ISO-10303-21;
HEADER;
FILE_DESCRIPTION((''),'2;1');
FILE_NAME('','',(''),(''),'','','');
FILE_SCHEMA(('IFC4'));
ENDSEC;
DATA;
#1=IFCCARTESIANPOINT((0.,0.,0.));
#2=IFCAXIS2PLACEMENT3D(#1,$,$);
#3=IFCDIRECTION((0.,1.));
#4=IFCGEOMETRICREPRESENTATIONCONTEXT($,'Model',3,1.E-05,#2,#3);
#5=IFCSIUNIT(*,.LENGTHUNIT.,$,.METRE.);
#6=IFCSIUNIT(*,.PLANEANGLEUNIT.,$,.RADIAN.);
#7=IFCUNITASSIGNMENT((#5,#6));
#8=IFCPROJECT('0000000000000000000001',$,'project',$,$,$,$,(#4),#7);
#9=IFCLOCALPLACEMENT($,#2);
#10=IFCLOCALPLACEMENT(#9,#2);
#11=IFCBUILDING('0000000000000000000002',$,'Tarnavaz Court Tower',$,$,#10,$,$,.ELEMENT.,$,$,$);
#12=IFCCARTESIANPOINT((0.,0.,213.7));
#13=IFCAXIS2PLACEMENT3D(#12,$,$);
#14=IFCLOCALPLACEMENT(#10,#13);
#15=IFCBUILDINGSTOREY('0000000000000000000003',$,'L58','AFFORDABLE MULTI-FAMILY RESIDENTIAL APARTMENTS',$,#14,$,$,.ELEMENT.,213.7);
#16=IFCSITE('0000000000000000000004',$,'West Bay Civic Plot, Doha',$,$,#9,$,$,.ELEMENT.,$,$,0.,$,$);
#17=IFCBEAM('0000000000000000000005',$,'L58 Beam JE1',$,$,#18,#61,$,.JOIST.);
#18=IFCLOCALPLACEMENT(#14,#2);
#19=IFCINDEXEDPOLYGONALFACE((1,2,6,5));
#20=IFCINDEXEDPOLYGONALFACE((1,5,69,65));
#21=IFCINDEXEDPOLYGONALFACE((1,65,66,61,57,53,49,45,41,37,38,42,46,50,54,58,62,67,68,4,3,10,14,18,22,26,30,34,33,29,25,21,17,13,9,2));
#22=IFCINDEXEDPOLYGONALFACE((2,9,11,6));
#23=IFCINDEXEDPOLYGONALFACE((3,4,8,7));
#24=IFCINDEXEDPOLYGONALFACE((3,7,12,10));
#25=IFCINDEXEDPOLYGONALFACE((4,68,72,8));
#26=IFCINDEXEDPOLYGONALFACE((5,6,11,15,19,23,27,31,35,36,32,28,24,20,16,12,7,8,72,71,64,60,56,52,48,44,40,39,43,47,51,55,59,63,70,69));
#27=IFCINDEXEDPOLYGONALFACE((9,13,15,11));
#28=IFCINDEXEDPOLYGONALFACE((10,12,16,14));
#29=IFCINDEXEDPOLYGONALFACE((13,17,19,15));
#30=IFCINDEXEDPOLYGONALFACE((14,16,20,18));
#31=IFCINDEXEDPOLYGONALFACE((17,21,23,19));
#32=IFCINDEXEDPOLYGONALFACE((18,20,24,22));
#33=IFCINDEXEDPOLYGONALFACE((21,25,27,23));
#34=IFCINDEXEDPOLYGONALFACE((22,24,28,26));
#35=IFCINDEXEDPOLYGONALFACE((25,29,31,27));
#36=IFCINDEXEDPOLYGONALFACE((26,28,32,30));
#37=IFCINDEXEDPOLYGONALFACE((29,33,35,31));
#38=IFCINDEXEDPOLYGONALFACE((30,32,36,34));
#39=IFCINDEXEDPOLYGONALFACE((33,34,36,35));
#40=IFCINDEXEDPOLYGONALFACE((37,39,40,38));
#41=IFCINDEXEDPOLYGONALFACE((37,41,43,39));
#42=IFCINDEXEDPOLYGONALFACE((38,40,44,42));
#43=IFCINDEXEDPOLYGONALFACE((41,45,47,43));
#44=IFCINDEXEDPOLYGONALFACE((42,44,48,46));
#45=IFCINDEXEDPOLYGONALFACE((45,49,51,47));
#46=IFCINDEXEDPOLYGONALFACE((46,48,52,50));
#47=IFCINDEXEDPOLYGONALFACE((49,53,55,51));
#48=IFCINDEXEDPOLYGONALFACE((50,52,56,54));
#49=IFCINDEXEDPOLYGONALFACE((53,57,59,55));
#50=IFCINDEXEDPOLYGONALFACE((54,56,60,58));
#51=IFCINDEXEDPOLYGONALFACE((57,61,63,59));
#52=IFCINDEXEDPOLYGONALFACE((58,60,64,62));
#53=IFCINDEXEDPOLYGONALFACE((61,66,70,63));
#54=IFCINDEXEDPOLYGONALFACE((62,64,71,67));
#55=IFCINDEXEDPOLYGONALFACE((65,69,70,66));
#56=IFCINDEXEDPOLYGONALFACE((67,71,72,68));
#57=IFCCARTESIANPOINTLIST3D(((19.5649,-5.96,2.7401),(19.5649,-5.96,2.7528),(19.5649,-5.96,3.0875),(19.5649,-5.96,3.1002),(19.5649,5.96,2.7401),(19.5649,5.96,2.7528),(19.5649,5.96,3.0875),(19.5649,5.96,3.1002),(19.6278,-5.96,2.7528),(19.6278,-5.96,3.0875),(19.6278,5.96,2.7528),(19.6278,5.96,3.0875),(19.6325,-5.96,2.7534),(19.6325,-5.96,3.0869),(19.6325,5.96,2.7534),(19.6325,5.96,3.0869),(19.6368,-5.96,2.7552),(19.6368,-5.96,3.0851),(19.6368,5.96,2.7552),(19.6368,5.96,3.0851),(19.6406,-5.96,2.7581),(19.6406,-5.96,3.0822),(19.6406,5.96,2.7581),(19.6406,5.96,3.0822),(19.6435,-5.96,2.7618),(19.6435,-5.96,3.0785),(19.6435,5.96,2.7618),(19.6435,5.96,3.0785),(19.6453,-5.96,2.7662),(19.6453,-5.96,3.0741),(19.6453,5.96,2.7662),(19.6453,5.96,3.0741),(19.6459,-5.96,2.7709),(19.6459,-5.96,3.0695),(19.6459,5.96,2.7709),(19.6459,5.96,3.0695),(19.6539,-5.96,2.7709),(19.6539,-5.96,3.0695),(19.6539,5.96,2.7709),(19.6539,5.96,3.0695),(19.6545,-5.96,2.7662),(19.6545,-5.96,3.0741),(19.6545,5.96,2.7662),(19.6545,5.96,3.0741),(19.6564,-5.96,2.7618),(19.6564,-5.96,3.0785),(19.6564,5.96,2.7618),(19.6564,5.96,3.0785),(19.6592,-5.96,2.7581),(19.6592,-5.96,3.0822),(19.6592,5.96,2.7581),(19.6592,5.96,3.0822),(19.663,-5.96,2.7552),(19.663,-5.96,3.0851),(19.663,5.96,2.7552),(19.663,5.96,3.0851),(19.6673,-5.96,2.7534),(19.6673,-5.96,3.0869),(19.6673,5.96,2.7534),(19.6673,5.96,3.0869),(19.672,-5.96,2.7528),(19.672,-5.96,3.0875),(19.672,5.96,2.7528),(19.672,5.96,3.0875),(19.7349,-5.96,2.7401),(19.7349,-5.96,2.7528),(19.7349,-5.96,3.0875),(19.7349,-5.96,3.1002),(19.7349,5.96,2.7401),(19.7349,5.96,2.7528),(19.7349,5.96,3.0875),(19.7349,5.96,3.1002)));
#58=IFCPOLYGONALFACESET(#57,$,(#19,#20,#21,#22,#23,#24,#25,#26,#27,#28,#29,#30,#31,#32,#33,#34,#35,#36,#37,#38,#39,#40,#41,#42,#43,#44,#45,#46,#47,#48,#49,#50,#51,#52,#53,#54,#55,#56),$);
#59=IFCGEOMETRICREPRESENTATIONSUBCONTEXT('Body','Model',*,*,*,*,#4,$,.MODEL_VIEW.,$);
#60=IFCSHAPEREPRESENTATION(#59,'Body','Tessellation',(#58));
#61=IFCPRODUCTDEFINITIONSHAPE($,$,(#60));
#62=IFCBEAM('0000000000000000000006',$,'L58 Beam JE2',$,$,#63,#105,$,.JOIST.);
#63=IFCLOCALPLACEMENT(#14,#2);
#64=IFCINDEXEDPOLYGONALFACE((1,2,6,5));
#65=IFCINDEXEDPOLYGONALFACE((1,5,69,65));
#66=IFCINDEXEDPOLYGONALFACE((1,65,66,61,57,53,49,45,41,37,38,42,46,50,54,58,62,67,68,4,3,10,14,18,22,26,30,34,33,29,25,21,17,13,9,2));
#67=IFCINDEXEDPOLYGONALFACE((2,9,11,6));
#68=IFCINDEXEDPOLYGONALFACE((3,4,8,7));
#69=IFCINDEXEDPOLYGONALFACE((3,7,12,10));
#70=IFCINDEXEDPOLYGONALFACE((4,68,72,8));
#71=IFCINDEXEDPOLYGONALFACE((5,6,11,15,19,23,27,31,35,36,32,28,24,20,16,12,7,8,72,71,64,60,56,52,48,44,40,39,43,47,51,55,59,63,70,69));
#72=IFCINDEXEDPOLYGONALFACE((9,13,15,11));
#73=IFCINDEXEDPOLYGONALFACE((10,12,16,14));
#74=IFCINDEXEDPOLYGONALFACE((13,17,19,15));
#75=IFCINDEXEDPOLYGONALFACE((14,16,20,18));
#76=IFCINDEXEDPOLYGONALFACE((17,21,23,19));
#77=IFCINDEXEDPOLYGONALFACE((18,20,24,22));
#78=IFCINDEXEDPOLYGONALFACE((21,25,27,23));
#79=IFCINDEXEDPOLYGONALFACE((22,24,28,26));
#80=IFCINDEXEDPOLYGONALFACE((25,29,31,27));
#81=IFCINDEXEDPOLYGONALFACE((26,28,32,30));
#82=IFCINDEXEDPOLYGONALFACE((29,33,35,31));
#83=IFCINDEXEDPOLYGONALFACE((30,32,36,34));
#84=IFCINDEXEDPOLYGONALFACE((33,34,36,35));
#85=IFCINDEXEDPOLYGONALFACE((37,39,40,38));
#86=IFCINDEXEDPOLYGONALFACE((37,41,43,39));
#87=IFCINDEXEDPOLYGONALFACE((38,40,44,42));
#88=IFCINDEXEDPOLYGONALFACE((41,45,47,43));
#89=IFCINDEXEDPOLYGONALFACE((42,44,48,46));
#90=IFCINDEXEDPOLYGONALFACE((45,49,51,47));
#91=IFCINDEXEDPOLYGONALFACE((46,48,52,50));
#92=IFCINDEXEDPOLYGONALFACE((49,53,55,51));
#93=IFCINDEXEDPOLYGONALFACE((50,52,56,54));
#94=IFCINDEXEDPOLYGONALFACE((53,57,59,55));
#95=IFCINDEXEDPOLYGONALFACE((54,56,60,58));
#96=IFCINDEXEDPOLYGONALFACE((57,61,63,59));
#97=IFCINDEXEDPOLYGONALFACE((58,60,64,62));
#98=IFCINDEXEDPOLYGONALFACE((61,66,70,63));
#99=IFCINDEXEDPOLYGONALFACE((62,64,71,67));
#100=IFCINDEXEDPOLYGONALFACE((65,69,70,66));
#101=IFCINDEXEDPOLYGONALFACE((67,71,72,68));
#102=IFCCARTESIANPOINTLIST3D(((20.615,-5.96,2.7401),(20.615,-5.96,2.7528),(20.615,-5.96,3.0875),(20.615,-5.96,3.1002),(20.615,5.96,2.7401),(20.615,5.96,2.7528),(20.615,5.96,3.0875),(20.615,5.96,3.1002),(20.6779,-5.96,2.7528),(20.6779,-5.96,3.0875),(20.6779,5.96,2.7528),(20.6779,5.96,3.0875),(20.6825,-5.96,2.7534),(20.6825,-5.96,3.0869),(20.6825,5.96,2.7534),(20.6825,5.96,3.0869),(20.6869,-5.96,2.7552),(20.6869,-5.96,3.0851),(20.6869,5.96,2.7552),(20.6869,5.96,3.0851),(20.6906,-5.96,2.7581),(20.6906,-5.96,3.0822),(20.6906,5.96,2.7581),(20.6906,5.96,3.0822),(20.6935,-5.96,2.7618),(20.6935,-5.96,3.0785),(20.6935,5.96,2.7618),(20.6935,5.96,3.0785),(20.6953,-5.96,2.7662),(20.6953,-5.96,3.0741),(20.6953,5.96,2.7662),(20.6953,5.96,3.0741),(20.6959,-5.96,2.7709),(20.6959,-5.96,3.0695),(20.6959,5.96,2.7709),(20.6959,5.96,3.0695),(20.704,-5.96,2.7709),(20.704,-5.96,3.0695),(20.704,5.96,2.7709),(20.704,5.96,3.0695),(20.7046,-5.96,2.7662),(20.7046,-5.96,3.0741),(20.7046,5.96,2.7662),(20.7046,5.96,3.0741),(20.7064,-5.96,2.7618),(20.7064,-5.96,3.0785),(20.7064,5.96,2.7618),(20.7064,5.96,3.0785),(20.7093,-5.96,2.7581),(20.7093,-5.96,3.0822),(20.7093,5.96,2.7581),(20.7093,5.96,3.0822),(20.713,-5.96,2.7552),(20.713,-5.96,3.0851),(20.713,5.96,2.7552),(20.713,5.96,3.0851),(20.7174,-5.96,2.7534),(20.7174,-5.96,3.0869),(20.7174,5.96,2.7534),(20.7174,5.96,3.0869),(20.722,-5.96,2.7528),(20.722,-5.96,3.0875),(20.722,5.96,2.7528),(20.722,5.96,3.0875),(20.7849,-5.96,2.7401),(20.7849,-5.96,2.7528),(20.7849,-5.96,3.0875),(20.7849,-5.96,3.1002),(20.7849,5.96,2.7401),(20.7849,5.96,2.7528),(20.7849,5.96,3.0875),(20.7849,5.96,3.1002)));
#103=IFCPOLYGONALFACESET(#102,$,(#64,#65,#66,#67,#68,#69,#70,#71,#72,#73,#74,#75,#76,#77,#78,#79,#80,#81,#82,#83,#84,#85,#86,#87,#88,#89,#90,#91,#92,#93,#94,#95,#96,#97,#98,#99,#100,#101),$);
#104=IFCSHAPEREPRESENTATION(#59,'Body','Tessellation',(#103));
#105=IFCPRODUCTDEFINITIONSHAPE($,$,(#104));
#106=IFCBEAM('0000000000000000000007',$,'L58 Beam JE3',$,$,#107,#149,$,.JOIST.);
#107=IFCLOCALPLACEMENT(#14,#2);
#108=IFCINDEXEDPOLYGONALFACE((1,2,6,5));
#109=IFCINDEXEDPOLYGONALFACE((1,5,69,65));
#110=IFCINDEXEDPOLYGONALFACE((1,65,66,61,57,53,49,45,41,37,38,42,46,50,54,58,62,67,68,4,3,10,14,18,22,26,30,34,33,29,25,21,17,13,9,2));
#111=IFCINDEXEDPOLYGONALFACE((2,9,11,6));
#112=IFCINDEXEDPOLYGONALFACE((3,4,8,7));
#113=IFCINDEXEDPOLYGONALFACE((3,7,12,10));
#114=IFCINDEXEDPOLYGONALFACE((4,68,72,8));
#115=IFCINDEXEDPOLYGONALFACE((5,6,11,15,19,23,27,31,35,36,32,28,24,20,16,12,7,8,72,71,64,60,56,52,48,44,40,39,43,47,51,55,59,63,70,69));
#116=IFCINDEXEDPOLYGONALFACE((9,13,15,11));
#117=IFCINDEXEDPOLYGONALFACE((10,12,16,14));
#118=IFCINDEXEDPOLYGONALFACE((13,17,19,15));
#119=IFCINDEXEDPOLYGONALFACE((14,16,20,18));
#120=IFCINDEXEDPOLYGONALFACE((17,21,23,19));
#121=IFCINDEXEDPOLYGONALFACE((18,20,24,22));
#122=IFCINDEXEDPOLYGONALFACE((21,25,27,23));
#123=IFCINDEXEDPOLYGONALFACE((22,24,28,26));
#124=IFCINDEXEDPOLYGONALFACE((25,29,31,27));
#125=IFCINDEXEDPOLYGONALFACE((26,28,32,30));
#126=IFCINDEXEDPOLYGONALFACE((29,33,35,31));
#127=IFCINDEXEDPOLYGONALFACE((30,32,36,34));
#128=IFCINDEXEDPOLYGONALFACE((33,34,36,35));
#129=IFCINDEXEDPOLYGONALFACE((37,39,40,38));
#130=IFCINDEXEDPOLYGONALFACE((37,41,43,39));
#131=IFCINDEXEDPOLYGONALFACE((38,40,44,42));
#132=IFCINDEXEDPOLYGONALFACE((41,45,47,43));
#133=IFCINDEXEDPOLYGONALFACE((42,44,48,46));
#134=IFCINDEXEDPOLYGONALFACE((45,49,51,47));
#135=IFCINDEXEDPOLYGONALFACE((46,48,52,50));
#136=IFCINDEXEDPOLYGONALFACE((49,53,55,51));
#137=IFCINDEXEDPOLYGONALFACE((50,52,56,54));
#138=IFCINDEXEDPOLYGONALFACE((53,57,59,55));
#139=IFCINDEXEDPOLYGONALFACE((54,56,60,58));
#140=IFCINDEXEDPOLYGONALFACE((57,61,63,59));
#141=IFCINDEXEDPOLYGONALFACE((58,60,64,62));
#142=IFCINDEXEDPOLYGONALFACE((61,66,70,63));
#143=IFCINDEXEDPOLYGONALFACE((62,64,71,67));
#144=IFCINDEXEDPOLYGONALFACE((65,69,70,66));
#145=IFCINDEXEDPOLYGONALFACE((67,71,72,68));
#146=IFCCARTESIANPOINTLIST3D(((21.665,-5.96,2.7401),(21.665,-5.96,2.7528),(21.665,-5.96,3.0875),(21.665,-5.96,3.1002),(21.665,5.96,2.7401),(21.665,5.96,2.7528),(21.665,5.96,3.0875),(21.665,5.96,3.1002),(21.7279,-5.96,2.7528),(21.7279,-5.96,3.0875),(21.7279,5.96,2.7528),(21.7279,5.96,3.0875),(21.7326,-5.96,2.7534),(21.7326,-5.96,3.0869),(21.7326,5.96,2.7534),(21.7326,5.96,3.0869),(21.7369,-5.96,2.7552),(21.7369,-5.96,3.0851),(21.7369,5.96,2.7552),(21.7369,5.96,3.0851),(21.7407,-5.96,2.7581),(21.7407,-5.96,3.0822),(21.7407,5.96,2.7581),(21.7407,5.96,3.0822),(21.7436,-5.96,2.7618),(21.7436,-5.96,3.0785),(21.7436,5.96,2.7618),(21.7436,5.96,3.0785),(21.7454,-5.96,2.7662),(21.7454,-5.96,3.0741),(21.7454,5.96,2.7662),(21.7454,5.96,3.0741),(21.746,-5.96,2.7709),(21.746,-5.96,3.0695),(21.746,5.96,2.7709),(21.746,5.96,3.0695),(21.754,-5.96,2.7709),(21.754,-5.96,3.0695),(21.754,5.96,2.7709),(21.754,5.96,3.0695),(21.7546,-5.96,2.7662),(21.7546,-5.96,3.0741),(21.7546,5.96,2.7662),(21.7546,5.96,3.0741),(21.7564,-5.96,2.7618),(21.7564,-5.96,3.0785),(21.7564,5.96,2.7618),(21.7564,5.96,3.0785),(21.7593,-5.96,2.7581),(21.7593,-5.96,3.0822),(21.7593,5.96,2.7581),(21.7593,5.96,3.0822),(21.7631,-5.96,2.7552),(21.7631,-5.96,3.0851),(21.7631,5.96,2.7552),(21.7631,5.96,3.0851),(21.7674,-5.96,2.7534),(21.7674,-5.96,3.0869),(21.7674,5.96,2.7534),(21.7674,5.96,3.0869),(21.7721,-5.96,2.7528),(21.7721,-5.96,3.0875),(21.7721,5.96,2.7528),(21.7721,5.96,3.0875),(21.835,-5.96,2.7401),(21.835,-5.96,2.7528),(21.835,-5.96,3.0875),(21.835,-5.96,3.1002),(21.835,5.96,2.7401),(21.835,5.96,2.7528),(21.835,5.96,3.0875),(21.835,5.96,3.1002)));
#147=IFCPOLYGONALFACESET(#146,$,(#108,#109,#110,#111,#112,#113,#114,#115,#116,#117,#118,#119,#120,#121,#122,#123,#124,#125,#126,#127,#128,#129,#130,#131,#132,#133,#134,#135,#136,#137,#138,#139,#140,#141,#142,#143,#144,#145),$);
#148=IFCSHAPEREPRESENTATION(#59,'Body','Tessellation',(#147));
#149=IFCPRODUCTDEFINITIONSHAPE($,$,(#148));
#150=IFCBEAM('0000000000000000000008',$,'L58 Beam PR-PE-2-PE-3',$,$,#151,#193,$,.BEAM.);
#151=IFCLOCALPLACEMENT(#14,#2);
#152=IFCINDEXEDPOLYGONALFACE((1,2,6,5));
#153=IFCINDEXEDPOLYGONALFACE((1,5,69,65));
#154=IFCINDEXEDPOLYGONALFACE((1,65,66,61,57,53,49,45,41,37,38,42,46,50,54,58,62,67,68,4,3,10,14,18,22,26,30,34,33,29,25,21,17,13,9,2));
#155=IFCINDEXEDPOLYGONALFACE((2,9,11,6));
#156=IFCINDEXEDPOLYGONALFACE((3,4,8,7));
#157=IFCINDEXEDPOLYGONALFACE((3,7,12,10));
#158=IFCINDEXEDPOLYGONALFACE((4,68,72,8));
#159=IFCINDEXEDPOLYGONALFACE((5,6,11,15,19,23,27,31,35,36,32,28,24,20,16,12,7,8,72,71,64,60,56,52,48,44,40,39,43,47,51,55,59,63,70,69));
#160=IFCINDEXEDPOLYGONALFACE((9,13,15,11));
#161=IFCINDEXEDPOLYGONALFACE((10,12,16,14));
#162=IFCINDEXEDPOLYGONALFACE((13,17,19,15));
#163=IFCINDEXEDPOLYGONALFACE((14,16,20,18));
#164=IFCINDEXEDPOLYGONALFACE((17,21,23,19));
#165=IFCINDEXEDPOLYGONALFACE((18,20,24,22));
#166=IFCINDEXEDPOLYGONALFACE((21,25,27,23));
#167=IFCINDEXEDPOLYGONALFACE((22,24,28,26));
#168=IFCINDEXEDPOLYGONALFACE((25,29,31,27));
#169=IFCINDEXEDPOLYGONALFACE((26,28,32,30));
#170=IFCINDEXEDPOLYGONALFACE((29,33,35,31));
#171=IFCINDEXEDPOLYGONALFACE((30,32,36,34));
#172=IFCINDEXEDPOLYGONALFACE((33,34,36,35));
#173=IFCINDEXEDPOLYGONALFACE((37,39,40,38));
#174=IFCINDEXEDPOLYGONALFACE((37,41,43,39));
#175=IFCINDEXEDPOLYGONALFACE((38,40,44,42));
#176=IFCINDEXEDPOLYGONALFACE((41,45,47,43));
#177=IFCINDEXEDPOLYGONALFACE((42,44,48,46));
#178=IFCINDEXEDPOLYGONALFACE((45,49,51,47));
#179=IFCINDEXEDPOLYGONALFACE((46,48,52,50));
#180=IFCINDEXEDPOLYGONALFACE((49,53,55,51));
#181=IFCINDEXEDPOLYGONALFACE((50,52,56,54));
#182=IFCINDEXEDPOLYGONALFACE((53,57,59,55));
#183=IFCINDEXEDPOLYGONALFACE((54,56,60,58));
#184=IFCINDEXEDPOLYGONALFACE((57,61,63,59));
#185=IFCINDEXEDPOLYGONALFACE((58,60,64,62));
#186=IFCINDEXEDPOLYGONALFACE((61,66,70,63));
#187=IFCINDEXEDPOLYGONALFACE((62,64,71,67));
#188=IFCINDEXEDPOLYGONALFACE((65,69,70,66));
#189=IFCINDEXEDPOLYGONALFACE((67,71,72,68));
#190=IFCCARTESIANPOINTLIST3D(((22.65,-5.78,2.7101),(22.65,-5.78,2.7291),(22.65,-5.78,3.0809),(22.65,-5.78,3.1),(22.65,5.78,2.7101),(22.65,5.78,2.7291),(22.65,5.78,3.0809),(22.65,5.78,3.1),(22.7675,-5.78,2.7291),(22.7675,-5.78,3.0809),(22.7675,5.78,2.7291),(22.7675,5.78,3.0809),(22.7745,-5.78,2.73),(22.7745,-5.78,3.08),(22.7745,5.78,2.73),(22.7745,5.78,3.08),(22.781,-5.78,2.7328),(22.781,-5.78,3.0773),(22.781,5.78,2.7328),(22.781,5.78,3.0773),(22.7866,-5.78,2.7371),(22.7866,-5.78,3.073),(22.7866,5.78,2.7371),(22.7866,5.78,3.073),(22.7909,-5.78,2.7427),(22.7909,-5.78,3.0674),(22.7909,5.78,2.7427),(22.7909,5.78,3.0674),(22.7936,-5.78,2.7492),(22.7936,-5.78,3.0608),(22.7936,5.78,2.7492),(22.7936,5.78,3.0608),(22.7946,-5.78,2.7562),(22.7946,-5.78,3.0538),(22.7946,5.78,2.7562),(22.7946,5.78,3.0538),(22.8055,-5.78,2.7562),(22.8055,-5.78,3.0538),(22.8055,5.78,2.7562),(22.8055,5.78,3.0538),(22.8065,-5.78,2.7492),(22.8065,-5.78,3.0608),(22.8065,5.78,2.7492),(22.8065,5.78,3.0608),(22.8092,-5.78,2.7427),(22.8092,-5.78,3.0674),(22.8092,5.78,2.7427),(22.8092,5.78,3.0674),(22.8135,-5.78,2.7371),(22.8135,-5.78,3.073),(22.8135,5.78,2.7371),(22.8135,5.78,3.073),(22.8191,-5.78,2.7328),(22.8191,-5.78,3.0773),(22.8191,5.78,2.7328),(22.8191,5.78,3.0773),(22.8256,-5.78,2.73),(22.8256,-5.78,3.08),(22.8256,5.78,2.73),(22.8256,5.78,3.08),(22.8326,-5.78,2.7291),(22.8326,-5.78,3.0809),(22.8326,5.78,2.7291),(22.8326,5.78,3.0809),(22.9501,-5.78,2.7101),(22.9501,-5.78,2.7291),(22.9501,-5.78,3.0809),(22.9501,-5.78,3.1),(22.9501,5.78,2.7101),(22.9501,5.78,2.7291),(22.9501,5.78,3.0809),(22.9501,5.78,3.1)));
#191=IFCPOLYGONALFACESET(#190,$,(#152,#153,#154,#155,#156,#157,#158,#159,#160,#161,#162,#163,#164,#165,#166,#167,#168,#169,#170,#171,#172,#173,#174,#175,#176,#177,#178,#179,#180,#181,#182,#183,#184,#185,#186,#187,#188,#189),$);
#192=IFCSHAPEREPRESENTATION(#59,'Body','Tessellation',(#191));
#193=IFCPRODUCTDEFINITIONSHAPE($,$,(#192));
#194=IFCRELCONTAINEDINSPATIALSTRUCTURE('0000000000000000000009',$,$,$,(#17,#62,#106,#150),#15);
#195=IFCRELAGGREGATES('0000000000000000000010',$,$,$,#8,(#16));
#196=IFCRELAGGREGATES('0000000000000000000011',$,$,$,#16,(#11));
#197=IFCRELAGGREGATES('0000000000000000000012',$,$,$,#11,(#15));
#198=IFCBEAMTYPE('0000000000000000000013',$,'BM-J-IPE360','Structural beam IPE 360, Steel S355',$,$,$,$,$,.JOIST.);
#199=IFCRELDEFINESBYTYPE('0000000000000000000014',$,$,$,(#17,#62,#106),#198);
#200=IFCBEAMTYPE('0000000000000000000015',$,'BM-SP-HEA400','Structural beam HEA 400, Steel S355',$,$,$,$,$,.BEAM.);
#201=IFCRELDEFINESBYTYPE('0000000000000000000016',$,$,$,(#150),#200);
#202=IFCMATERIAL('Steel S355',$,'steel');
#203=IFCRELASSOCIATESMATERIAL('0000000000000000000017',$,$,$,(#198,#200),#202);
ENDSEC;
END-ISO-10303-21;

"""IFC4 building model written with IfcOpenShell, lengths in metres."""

from ifc_helpers import new_model, si_unit, direction, frame, origin, origin_2d, place, context, subcontext, project, spatial, i_section, extrude, material, material_profile, profile_set, type_object, element, save


model = new_model("IFC4")

# Units and contexts
model_context = context("Model", 3, precision=1e-05, world=origin(), true_north=direction((0.0, 1.0)))
body_context = subcontext(model_context, "Body", "Model", "MODEL_VIEW")
ifc_project = project(units=[si_unit("LENGTHUNIT", "METRE"), si_unit("PLANEANGLEUNIT", "RADIAN")], contexts=[model_context])

# Site, building, storey
site_placement = place(None, origin())
site = spatial("IfcSite", under=ifc_project, at=site_placement, Name="West Bay Civic Plot, Doha", CompositionType="ELEMENT", RefElevation=0.0)
building_placement = place(site_placement, origin())
building = spatial("IfcBuilding", under=site, at=building_placement, Name="Tarnavaz Court Tower", CompositionType="ELEMENT")
storey_placement = place(building_placement, frame((0.0, 0.0, 213.7)))
storey = spatial("IfcBuildingStorey", under=building, at=storey_placement, Name="L58", Description="AFFORDABLE MULTI-FAMILY RESIDENTIAL APARTMENTS", CompositionType="ELEMENT", Elevation=213.7)

# Beams
ifc_material_1 = material(Name="Steel S355", Category="steel")
ifc_material_profile_1 = material_profile(ifc_material_1, i_section(OverallWidth=0.1699, OverallDepth=0.3601, WebThickness=0.0081, FlangeThickness=0.0127, FilletRadius=0.0181, at=origin_2d()), Name="IPE 360")
ifc_profile_set_1 = profile_set([ifc_material_profile_1], Name="Steel S355")
beam_type_1 = type_object("IfcBeamType", Name="BM-J-IPE360", Description="Structural beam IPE 360, Steel S355", PredefinedType="JOIST", material=ifc_profile_set_1)
for number, where, z_axis, x_axis, name in (
    (1, (19.6499, -5.96, 2.9202), (0.0, 1.0, 0.0), (-1.0, 0.0, 0.0), "L58 Beam JE1"),
    (2, (20.7, -5.96, 2.9202), (0.0, 1.0, 0.0), (-1.0, 0.0, 0.0), "L58 Beam JE2"),
    (3, (21.75, -5.96, 2.9202), (0.0, 1.0, 0.0), (-1.0, 0.0, 0.0), "L58 Beam JE3"),
):
    element("IfcBeam", number, at=place(storey_placement, frame(where, z_axis=z_axis, x_axis=x_axis)), inside=storey, type_object=beam_type_1, Name=name, PredefinedType="JOIST", context=body_context, shape_type="SweptSolid", body=[
        extrude(i_section(OverallWidth=0.1699, OverallDepth=0.3601, WebThickness=0.0081, FlangeThickness=0.0127, FilletRadius=0.0181, at=origin_2d()), origin(), (0.0, 0.0, 1.0), 11.9199),
    ])
ifc_material_profile_2 = material_profile(ifc_material_1, i_section(OverallWidth=0.3, OverallDepth=0.3899, WebThickness=0.011, FlangeThickness=0.019, FilletRadius=0.0271, at=origin_2d()), Name="HEA 400")
ifc_profile_set_2 = profile_set([ifc_material_profile_2], Name="Steel S355")
beam_type_2 = type_object("IfcBeamType", Name="BM-SP-HEA400", Description="Structural beam HEA 400, Steel S355", PredefinedType="BEAM", material=ifc_profile_set_2)
beam_1_placement = place(storey_placement, frame((22.8, -5.78, 2.905), z_axis=(0.0, 1.0, 0.0), x_axis=(-1.0, 0.0, 0.0)))
element("IfcBeam", 4, at=beam_1_placement, inside=storey, type_object=beam_type_2, Name="L58 Beam PR-PE-2-PE-3", PredefinedType="BEAM", context=body_context, shape_type="SweptSolid", body=[
    extrude(i_section(OverallWidth=0.3, OverallDepth=0.3899, WebThickness=0.011, FlangeThickness=0.019, FilletRadius=0.0271, at=origin_2d()), origin(), (0.0, 0.0, 1.0), 11.5601),
])

save(model, "model.ifc")
